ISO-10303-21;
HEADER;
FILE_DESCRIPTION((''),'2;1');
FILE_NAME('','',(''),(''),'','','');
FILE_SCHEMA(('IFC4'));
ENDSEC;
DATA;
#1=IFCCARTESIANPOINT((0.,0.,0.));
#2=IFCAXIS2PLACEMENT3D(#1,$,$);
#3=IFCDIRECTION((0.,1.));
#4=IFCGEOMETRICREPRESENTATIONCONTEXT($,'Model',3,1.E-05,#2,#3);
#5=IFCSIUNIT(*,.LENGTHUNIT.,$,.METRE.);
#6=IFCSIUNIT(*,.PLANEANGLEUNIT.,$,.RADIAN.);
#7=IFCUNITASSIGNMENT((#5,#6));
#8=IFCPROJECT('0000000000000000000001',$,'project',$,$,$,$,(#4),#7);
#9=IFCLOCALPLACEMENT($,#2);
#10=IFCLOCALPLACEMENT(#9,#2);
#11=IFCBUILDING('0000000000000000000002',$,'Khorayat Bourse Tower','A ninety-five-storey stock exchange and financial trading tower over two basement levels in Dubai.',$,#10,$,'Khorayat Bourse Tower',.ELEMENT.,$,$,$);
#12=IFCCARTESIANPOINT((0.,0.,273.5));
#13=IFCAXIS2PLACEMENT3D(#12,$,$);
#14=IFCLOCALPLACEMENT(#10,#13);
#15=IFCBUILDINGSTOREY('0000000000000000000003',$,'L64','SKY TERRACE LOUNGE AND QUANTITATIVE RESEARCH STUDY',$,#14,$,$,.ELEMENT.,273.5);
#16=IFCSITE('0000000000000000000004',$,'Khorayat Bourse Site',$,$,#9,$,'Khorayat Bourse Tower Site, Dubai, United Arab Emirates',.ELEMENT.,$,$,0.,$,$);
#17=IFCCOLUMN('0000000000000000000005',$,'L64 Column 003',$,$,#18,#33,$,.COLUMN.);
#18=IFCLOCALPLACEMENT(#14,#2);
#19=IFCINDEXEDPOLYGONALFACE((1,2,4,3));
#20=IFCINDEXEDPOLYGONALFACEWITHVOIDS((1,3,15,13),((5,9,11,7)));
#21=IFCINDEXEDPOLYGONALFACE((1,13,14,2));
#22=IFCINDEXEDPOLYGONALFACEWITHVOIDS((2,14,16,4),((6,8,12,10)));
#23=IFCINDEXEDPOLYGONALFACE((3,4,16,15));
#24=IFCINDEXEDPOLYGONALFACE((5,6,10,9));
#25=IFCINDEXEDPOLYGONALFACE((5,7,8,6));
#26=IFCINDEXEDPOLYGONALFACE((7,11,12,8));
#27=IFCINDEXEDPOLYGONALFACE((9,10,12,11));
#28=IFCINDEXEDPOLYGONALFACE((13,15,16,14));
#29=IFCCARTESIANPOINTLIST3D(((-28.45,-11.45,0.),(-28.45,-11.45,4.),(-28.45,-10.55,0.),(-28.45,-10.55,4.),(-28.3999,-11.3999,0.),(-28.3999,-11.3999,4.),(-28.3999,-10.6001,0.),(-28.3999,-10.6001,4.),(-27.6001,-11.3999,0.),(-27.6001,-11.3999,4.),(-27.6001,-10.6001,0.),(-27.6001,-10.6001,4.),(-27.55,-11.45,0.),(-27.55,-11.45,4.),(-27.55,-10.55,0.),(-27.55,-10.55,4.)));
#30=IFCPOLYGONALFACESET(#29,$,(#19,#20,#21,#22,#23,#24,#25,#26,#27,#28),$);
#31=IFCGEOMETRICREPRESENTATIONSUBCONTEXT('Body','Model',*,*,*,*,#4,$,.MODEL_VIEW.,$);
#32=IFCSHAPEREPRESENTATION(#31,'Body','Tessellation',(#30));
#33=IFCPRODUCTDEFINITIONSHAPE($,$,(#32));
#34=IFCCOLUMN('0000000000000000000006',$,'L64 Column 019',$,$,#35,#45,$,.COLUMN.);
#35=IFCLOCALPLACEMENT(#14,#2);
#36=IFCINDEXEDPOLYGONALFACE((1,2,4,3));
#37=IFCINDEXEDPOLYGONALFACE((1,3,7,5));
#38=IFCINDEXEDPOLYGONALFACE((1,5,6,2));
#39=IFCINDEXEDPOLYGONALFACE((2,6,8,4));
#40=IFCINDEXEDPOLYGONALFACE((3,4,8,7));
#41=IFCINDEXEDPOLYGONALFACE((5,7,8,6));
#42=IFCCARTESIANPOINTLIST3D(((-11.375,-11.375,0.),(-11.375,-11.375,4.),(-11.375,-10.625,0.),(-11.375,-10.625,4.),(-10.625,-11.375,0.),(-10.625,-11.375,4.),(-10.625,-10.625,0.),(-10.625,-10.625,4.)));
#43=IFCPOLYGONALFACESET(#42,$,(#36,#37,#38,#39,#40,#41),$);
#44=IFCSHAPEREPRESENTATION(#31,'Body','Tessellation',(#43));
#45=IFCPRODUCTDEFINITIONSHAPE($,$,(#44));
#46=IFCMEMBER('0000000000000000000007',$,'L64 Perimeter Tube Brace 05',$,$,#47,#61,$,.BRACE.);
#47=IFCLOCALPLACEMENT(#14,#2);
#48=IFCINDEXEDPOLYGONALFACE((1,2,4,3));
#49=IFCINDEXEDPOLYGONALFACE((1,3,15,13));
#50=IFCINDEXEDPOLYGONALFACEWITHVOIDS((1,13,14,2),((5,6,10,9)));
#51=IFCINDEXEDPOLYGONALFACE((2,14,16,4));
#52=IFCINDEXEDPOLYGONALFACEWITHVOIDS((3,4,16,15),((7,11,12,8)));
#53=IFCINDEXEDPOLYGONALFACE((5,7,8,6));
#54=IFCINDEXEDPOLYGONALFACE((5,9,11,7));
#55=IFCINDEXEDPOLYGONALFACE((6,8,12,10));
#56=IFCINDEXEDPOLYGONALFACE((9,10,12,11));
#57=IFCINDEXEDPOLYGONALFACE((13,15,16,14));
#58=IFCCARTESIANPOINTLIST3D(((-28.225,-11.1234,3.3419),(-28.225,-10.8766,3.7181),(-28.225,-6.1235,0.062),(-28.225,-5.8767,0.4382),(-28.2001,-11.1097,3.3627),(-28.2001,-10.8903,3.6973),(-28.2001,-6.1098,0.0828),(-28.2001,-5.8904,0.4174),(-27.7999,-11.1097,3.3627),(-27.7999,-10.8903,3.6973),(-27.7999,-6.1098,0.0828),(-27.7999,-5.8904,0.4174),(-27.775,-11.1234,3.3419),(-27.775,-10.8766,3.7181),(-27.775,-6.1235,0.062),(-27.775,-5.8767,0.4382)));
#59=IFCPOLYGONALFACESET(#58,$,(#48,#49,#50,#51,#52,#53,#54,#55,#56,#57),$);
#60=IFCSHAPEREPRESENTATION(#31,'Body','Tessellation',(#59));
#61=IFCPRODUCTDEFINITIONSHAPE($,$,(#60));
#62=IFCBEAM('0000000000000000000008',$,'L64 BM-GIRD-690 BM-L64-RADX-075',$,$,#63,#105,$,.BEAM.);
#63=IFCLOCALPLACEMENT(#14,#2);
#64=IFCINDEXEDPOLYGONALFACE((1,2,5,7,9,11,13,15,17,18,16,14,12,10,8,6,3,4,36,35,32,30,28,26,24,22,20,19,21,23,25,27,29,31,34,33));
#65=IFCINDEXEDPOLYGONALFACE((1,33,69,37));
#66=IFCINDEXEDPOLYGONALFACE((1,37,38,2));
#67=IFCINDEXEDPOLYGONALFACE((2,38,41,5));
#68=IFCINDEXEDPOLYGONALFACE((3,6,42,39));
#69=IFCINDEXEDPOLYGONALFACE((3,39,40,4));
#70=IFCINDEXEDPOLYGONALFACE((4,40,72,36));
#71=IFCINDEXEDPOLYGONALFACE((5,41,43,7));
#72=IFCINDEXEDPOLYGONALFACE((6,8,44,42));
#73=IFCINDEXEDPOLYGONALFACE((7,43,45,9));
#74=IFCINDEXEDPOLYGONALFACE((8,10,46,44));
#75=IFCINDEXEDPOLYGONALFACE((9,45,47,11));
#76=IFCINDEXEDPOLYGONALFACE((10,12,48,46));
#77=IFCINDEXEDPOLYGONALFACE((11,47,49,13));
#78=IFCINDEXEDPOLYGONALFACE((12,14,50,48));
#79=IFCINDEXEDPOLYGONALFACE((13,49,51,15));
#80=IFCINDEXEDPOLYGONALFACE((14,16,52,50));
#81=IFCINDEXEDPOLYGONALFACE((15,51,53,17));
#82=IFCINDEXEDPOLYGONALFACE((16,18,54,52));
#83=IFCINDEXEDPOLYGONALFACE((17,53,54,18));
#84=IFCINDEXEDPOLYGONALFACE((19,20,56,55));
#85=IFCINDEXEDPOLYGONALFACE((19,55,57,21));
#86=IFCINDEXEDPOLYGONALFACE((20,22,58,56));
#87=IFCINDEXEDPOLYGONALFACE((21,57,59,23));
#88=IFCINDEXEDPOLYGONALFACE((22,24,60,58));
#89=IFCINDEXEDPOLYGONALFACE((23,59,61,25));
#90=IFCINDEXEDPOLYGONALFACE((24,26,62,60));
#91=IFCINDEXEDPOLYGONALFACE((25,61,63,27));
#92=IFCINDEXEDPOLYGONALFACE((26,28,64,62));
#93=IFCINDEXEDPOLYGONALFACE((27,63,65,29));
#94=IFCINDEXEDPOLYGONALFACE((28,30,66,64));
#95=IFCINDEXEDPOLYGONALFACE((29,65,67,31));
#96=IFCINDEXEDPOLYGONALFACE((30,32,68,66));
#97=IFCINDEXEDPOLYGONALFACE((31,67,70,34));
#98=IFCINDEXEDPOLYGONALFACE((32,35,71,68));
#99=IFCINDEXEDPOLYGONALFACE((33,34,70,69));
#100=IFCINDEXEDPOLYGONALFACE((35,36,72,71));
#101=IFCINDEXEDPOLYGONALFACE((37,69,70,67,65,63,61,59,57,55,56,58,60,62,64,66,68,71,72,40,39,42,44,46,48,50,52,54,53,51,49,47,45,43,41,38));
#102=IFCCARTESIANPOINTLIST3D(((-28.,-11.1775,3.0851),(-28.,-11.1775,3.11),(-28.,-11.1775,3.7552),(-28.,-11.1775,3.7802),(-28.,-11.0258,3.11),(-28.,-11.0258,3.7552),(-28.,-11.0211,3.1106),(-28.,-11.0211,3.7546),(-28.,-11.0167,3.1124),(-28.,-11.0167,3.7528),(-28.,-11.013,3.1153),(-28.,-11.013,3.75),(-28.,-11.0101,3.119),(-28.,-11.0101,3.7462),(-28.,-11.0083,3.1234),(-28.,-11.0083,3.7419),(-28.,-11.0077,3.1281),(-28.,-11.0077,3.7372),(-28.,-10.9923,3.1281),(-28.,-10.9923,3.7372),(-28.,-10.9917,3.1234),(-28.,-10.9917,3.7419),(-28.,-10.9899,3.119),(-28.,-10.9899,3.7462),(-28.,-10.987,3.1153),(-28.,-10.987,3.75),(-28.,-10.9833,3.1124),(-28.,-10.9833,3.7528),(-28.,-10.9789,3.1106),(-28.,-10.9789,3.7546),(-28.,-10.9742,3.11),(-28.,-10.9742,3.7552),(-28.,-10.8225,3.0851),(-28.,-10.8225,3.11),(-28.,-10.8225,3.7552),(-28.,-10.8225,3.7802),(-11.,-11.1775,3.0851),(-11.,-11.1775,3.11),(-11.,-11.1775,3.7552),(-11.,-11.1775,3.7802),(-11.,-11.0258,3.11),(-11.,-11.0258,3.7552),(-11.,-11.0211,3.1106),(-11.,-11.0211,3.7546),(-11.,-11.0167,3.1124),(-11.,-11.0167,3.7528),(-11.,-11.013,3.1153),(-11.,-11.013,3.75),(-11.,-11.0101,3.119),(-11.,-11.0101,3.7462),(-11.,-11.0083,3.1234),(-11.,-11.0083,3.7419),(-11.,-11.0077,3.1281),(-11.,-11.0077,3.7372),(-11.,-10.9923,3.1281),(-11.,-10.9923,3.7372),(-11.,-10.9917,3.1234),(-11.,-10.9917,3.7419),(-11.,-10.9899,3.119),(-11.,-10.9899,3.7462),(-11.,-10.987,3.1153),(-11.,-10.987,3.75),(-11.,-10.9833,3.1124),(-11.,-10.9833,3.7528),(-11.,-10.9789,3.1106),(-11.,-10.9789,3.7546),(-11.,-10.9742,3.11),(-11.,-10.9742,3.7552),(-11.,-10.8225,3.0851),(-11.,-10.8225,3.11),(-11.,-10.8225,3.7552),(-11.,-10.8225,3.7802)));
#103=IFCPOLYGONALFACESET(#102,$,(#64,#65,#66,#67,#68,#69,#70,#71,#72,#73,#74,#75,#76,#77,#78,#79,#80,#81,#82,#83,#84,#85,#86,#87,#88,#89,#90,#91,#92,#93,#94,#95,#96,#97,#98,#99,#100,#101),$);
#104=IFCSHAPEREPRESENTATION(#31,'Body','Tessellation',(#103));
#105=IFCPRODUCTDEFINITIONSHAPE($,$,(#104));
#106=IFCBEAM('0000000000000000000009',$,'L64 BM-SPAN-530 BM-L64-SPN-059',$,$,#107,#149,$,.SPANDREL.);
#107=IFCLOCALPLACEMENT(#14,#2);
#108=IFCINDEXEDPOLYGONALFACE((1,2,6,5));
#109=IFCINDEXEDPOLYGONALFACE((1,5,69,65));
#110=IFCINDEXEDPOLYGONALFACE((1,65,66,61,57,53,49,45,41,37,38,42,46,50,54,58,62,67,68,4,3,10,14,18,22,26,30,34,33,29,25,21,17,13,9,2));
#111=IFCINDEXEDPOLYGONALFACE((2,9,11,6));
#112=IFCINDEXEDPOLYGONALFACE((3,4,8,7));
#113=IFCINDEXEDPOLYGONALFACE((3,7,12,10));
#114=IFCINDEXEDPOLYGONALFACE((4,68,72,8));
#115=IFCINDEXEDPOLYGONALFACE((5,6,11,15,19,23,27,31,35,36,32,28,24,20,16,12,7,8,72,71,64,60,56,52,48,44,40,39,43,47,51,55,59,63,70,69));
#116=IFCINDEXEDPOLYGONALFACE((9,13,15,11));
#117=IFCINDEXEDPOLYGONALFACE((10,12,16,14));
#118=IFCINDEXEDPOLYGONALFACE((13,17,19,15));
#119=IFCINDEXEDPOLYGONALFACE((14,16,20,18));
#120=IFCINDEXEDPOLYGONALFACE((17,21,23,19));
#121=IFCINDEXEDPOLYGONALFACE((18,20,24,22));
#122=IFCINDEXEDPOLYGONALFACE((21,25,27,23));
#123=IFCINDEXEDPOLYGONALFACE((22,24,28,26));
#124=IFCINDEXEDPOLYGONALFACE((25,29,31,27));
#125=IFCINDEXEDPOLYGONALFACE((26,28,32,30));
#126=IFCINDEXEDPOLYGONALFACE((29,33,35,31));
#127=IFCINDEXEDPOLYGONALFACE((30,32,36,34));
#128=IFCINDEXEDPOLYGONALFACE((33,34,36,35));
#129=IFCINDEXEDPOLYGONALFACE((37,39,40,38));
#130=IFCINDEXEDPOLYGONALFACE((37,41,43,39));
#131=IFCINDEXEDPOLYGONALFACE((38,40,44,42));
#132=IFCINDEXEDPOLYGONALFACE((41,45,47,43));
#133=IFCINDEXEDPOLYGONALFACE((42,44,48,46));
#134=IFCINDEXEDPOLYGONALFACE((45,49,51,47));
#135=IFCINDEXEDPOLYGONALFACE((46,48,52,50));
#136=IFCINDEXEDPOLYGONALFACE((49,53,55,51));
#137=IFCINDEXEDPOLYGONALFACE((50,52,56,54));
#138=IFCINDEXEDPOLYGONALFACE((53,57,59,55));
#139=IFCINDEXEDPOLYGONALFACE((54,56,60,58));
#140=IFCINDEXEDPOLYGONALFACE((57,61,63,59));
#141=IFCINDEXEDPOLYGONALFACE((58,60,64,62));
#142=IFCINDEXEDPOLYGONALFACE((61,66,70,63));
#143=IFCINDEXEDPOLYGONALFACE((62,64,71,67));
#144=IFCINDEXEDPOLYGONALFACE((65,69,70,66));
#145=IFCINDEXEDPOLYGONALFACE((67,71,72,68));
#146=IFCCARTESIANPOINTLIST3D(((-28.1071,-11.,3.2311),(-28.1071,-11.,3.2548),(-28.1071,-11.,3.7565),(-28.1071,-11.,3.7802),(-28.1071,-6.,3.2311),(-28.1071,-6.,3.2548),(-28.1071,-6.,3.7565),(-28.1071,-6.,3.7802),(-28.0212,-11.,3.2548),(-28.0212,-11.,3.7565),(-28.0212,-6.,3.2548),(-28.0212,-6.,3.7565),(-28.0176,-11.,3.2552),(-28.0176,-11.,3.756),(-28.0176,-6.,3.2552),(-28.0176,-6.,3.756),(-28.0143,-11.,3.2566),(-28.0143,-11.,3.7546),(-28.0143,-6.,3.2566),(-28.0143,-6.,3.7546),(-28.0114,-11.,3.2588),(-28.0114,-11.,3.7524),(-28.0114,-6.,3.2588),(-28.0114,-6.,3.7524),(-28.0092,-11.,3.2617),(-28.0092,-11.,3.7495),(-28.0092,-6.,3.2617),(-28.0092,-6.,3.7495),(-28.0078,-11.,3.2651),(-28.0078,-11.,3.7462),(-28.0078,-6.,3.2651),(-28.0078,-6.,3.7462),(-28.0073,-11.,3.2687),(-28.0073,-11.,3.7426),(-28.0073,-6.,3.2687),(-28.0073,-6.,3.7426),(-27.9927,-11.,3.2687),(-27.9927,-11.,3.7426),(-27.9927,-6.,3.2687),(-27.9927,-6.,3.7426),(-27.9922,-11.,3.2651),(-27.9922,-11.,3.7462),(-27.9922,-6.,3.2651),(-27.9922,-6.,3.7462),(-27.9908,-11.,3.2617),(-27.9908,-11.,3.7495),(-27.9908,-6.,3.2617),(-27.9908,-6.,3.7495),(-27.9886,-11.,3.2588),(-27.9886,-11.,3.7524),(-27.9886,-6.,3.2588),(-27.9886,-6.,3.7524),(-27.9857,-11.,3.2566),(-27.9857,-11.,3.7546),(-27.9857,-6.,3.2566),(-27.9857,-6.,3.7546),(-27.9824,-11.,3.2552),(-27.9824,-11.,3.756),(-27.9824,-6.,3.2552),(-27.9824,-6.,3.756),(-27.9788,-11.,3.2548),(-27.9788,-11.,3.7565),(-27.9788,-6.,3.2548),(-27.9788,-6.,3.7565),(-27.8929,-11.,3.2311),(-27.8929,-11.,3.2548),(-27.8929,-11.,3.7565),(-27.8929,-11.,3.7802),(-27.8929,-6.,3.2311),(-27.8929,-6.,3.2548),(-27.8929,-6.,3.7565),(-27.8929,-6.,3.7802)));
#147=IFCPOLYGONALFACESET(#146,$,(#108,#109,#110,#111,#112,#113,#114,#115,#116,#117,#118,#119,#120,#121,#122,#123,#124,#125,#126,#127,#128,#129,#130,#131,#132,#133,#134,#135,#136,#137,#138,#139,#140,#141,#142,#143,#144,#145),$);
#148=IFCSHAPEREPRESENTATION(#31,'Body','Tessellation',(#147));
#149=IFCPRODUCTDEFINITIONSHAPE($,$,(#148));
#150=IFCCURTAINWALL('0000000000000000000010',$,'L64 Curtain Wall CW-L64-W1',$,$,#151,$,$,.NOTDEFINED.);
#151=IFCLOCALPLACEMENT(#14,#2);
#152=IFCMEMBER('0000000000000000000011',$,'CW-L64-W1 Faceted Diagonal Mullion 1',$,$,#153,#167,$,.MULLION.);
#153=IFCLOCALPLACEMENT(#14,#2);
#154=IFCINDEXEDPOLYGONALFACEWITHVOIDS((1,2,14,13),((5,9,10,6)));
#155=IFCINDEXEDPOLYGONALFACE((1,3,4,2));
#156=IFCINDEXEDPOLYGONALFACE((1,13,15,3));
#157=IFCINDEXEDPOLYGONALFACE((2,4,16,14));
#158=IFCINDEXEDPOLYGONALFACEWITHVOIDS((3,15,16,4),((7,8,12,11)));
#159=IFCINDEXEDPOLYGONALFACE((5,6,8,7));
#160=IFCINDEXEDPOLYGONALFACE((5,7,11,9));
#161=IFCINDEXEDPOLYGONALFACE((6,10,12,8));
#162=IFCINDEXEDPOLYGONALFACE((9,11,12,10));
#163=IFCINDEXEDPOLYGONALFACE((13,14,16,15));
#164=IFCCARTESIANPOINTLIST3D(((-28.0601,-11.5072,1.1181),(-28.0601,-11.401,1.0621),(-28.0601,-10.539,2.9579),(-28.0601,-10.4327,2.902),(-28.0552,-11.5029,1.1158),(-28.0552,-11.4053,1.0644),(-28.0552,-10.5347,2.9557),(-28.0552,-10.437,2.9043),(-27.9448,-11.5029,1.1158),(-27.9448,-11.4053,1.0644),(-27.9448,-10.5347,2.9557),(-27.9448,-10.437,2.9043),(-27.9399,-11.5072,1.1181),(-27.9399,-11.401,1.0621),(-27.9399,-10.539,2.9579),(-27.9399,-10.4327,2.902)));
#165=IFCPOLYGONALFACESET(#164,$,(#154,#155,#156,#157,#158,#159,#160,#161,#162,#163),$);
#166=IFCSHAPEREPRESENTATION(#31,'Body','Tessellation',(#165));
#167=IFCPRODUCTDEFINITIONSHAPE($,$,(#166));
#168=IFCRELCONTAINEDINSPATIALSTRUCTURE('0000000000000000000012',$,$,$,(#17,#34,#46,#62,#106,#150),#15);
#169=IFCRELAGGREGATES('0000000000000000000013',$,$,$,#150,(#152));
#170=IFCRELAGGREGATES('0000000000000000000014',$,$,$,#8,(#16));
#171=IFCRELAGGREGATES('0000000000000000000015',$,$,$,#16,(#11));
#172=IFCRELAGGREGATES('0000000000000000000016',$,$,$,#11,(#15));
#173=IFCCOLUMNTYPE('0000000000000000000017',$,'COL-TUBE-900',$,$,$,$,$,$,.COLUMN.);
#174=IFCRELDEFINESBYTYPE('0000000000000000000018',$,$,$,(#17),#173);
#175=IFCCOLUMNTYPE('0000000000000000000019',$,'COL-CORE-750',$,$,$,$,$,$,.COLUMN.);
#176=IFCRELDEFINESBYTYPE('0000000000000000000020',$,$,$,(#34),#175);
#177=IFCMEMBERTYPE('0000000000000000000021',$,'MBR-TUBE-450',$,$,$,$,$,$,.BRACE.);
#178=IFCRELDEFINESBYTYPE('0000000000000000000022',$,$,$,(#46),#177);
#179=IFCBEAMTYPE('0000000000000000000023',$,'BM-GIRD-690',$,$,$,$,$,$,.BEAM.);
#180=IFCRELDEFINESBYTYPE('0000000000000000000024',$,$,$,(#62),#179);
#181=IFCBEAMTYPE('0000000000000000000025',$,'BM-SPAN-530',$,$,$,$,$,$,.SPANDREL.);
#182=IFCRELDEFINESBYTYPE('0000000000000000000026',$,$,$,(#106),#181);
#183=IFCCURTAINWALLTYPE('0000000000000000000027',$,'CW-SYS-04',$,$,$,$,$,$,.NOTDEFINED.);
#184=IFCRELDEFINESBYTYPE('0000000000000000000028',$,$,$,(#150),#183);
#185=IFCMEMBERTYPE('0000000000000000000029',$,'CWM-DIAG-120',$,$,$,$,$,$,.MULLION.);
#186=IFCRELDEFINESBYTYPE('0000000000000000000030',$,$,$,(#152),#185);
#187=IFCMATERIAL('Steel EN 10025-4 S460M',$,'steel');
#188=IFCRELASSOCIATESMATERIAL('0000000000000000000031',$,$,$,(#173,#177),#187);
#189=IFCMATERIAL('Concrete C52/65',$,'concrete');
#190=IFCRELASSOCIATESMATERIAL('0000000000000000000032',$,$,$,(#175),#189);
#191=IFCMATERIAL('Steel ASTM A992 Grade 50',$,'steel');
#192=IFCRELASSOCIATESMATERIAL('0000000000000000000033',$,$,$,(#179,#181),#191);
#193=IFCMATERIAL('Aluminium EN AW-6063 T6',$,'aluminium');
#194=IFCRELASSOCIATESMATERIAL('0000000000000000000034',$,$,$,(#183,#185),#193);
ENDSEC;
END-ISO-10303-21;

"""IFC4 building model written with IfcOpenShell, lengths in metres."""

from ifc_helpers import new_model, si_unit, direction, frame, origin, origin_2d, place, context, subcontext, project, spatial, rectangle, hollow_rectangle, i_section, extrude, source, transform, mapped, material, material_profile, profile_set, type_object, element, aggregate, save


model = new_model("IFC4")

# Units and contexts
model_context = context("Model", 3, precision=1e-05, world=origin(), true_north=direction((0.0, 1.0)))
body_context = subcontext(model_context, "Body", "Model", "MODEL_VIEW")
ifc_project = project(units=[si_unit("LENGTHUNIT", "METRE"), si_unit("PLANEANGLEUNIT", "RADIAN")], contexts=[model_context])

# Site, building, storey
site_placement = place(None, origin())
site = spatial("IfcSite", under=ifc_project, at=site_placement, Name="Khorayat Bourse Site", LongName="Khorayat Bourse Tower Site, Dubai, United Arab Emirates", CompositionType="ELEMENT", RefElevation=0.0)
building_placement = place(site_placement, origin())
building = spatial("IfcBuilding", under=site, at=building_placement, Name="Khorayat Bourse Tower", Description="A ninety-five-storey stock exchange and financial trading tower over two basement levels in Dubai.", LongName="Khorayat Bourse Tower", CompositionType="ELEMENT")
storey_placement = place(building_placement, frame((0.0, 0.0, 273.5)))
storey = spatial("IfcBuildingStorey", under=building, at=storey_placement, Name="L64", Description="SKY TERRACE LOUNGE AND QUANTITATIVE RESEARCH STUDY", CompositionType="ELEMENT", Elevation=273.5)

# Columns
ifc_material_1 = material(Name="Steel EN 10025-4 S460M", Category="steel")
ifc_material_profile_1 = material_profile(ifc_material_1, hollow_rectangle(XDim=0.8999, YDim=0.8999, WallThickness=0.05, at=origin_2d()), Name="BOX 900x900x50")
ifc_profile_set_1 = profile_set([ifc_material_profile_1], Name="Steel EN 10025-4 S460M")
column_type_1 = type_object("IfcColumnType", Name="COL-TUBE-900", PredefinedType="COLUMN", material=ifc_profile_set_1)
shared_shape_1 = source(origin(), body_context, "Body", "SweptSolid", [
    extrude(hollow_rectangle(XDim=0.8999, YDim=0.8999, WallThickness=0.05, at=origin_2d()), origin(), (0.0, 0.0, 1.0), 4.0),
])
column_1_placement = place(storey_placement, frame((-28.0, -11.0, 0.0), z_axis=(0.0, 0.0, 1.0), x_axis=(1.0, 0.0, 0.0)))
element("IfcColumn", 1, at=column_1_placement, inside=storey, type_object=column_type_1, Name="L64 Column 003", PredefinedType="COLUMN", context=body_context, shape_type="MappedRepresentation", body=[
    mapped(shared_shape_1, transform((0.0, 0.0, 0.0), scale=1.0)),
])
ifc_material_2 = material(Name="Concrete C52/65", Category="concrete")
ifc_material_profile_2 = material_profile(ifc_material_2, rectangle(XDim=0.75, YDim=0.75, at=origin_2d()), Name="RC 750x750")
ifc_profile_set_2 = profile_set([ifc_material_profile_2], Name="Concrete C52/65")
column_type_2 = type_object("IfcColumnType", Name="COL-CORE-750", PredefinedType="COLUMN", material=ifc_profile_set_2)
shared_shape_2 = source(origin(), body_context, "Body", "SweptSolid", [
    extrude(rectangle(XDim=0.75, YDim=0.75, at=origin_2d()), origin(), (0.0, 0.0, 1.0), 4.0),
])
column_2_placement = place(storey_placement, frame((-11.0, -11.0, 0.0), z_axis=(0.0, 0.0, 1.0), x_axis=(1.0, 0.0, 0.0)))
element("IfcColumn", 2, at=column_2_placement, inside=storey, type_object=column_type_2, Name="L64 Column 019", PredefinedType="COLUMN", context=body_context, shape_type="MappedRepresentation", body=[
    mapped(shared_shape_2, transform((0.0, 0.0, 0.0), scale=1.0)),
])

# Member
ifc_material_profile_3 = material_profile(ifc_material_1, hollow_rectangle(XDim=0.45, YDim=0.45, WallThickness=0.0249, at=origin_2d()), Name="HSS 450x450x25")
ifc_profile_set_3 = profile_set([ifc_material_profile_3], Name="Steel EN 10025-4 S460M")
member_type_1 = type_object("IfcMemberType", Name="MBR-TUBE-450", PredefinedType="BRACE", material=ifc_profile_set_3)
shared_shape_3 = source(origin(), body_context, "Body", "SweptSolid", [
    extrude(hollow_rectangle(XDim=0.45, YDim=0.45, WallThickness=0.0249, at=origin_2d()), origin(), (0.0, 0.0, 1.0), 5.9797),
])
member_1_placement = place(storey_placement, frame((-28.0, -11.0, 3.53), z_axis=(0.0, 0.836142, -0.548514), x_axis=(-1.0, 0.0, 0.0)))
element("IfcMember", 3, at=member_1_placement, inside=storey, type_object=member_type_1, Name="L64 Perimeter Tube Brace 05", PredefinedType="BRACE", context=body_context, shape_type="MappedRepresentation", body=[
    mapped(shared_shape_3, transform((0.0, 0.0, 0.0), scale=1.0)),
])

# Beams
ifc_material_3 = material(Name="Steel ASTM A992 Grade 50", Category="steel")
ifc_material_profile_4 = material_profile(ifc_material_3, i_section(OverallWidth=0.355, OverallDepth=0.6951, WebThickness=0.0154, FlangeThickness=0.0249, FilletRadius=0.0181, at=origin_2d()), Name="W690X217")
ifc_profile_set_4 = profile_set([ifc_material_profile_4], Name="Steel ASTM A992 Grade 50")
beam_type_1 = type_object("IfcBeamType", Name="BM-GIRD-690", PredefinedType="BEAM", material=ifc_profile_set_4)
shared_shape_4 = source(origin(), body_context, "Body", "SweptSolid", [
    extrude(i_section(OverallWidth=0.355, OverallDepth=0.6951, WebThickness=0.0154, FlangeThickness=0.0249, FilletRadius=0.0181, at=origin_2d()), origin(), (0.0, 0.0, 1.0), 17.0),
])
beam_1_placement = place(storey_placement, frame((-28.0, -11.0, 3.4326), z_axis=(1.0, 0.0, 0.0), x_axis=(0.0, 1.0, 0.0)))
element("IfcBeam", 4, at=beam_1_placement, inside=storey, type_object=beam_type_1, Name="L64 BM-GIRD-690 BM-L64-RADX-075", PredefinedType="BEAM", context=body_context, shape_type="MappedRepresentation", body=[
    mapped(shared_shape_4, transform((0.0, 0.0, 0.0), scale=1.0)),
])
ifc_material_profile_5 = material_profile(ifc_material_3, i_section(OverallWidth=0.2141, OverallDepth=0.5491, WebThickness=0.0146, FlangeThickness=0.0237, FilletRadius=0.0139, at=origin_2d()), Name="W530X138")
ifc_profile_set_5 = profile_set([ifc_material_profile_5], Name="Steel ASTM A992 Grade 50")
beam_type_2 = type_object("IfcBeamType", Name="BM-SPAN-530", PredefinedType="SPANDREL", material=ifc_profile_set_5)
shared_shape_5 = source(origin(), body_context, "Body", "SweptSolid", [
    extrude(i_section(OverallWidth=0.2141, OverallDepth=0.5491, WebThickness=0.0146, FlangeThickness=0.0237, FilletRadius=0.0139, at=origin_2d()), origin(), (0.0, 0.0, 1.0), 5.0),
])
beam_2_placement = place(storey_placement, frame((-28.0, -11.0, 3.5056), z_axis=(0.0, 1.0, 0.0), x_axis=(-1.0, 0.0, 0.0)))
element("IfcBeam", 5, at=beam_2_placement, inside=storey, type_object=beam_type_2, Name="L64 BM-SPAN-530 BM-L64-SPN-059", PredefinedType="SPANDREL", context=body_context, shape_type="MappedRepresentation", body=[
    mapped(shared_shape_5, transform((0.0, 0.0, 0.0), scale=1.0)),
])

# Curtain wall, member
ifc_material_4 = material(Name="Aluminium EN AW-6063 T6", Category="aluminium")
curtain_wall_type = type_object("IfcCurtainWallType", Name="CW-SYS-04", PredefinedType="NOTDEFINED", material=ifc_material_4)
curtain_wall_placement = place(storey_placement, origin())
curtain_wall = element("IfcCurtainWall", 6, at=curtain_wall_placement, inside=storey, type_object=curtain_wall_type, Name="L64 Curtain Wall CW-L64-W1", PredefinedType="NOTDEFINED")
ifc_material_profile_6 = material_profile(ifc_material_4, hollow_rectangle(XDim=0.1201, YDim=0.1201, WallThickness=0.0049, at=origin_2d()), Name="ALU 120x120x5")
ifc_profile_set_6 = profile_set([ifc_material_profile_6], Name="Aluminium EN AW-6063 T6")
member_type_2 = type_object("IfcMemberType", Name="CWM-DIAG-120", PredefinedType="MULLION", material=ifc_profile_set_6)
shared_shape_6 = source(origin(), body_context, "Body", "SweptSolid", [
    extrude(hollow_rectangle(XDim=0.1201, YDim=0.1201, WallThickness=0.0049, at=origin_2d()), origin(), (0.0, 0.0, 1.0), 2.0791),
])
member_2_placement = place(storey_placement, frame((-28.0, -11.4541, 1.0901), z_axis=(0.0, 0.465717, 0.884934), x_axis=(-1.0, 0.0, 0.0)))
member_2 = element("IfcMember", 7, at=member_2_placement, type_object=member_type_2, Name="CW-L64-W1 Faceted Diagonal Mullion 1", PredefinedType="MULLION", context=body_context, shape_type="MappedRepresentation", body=[
    mapped(shared_shape_6, transform((0.0, 0.0, 0.0), scale=1.0)),
])

aggregate(curtain_wall, [member_2])

save(model, "model.ifc")
